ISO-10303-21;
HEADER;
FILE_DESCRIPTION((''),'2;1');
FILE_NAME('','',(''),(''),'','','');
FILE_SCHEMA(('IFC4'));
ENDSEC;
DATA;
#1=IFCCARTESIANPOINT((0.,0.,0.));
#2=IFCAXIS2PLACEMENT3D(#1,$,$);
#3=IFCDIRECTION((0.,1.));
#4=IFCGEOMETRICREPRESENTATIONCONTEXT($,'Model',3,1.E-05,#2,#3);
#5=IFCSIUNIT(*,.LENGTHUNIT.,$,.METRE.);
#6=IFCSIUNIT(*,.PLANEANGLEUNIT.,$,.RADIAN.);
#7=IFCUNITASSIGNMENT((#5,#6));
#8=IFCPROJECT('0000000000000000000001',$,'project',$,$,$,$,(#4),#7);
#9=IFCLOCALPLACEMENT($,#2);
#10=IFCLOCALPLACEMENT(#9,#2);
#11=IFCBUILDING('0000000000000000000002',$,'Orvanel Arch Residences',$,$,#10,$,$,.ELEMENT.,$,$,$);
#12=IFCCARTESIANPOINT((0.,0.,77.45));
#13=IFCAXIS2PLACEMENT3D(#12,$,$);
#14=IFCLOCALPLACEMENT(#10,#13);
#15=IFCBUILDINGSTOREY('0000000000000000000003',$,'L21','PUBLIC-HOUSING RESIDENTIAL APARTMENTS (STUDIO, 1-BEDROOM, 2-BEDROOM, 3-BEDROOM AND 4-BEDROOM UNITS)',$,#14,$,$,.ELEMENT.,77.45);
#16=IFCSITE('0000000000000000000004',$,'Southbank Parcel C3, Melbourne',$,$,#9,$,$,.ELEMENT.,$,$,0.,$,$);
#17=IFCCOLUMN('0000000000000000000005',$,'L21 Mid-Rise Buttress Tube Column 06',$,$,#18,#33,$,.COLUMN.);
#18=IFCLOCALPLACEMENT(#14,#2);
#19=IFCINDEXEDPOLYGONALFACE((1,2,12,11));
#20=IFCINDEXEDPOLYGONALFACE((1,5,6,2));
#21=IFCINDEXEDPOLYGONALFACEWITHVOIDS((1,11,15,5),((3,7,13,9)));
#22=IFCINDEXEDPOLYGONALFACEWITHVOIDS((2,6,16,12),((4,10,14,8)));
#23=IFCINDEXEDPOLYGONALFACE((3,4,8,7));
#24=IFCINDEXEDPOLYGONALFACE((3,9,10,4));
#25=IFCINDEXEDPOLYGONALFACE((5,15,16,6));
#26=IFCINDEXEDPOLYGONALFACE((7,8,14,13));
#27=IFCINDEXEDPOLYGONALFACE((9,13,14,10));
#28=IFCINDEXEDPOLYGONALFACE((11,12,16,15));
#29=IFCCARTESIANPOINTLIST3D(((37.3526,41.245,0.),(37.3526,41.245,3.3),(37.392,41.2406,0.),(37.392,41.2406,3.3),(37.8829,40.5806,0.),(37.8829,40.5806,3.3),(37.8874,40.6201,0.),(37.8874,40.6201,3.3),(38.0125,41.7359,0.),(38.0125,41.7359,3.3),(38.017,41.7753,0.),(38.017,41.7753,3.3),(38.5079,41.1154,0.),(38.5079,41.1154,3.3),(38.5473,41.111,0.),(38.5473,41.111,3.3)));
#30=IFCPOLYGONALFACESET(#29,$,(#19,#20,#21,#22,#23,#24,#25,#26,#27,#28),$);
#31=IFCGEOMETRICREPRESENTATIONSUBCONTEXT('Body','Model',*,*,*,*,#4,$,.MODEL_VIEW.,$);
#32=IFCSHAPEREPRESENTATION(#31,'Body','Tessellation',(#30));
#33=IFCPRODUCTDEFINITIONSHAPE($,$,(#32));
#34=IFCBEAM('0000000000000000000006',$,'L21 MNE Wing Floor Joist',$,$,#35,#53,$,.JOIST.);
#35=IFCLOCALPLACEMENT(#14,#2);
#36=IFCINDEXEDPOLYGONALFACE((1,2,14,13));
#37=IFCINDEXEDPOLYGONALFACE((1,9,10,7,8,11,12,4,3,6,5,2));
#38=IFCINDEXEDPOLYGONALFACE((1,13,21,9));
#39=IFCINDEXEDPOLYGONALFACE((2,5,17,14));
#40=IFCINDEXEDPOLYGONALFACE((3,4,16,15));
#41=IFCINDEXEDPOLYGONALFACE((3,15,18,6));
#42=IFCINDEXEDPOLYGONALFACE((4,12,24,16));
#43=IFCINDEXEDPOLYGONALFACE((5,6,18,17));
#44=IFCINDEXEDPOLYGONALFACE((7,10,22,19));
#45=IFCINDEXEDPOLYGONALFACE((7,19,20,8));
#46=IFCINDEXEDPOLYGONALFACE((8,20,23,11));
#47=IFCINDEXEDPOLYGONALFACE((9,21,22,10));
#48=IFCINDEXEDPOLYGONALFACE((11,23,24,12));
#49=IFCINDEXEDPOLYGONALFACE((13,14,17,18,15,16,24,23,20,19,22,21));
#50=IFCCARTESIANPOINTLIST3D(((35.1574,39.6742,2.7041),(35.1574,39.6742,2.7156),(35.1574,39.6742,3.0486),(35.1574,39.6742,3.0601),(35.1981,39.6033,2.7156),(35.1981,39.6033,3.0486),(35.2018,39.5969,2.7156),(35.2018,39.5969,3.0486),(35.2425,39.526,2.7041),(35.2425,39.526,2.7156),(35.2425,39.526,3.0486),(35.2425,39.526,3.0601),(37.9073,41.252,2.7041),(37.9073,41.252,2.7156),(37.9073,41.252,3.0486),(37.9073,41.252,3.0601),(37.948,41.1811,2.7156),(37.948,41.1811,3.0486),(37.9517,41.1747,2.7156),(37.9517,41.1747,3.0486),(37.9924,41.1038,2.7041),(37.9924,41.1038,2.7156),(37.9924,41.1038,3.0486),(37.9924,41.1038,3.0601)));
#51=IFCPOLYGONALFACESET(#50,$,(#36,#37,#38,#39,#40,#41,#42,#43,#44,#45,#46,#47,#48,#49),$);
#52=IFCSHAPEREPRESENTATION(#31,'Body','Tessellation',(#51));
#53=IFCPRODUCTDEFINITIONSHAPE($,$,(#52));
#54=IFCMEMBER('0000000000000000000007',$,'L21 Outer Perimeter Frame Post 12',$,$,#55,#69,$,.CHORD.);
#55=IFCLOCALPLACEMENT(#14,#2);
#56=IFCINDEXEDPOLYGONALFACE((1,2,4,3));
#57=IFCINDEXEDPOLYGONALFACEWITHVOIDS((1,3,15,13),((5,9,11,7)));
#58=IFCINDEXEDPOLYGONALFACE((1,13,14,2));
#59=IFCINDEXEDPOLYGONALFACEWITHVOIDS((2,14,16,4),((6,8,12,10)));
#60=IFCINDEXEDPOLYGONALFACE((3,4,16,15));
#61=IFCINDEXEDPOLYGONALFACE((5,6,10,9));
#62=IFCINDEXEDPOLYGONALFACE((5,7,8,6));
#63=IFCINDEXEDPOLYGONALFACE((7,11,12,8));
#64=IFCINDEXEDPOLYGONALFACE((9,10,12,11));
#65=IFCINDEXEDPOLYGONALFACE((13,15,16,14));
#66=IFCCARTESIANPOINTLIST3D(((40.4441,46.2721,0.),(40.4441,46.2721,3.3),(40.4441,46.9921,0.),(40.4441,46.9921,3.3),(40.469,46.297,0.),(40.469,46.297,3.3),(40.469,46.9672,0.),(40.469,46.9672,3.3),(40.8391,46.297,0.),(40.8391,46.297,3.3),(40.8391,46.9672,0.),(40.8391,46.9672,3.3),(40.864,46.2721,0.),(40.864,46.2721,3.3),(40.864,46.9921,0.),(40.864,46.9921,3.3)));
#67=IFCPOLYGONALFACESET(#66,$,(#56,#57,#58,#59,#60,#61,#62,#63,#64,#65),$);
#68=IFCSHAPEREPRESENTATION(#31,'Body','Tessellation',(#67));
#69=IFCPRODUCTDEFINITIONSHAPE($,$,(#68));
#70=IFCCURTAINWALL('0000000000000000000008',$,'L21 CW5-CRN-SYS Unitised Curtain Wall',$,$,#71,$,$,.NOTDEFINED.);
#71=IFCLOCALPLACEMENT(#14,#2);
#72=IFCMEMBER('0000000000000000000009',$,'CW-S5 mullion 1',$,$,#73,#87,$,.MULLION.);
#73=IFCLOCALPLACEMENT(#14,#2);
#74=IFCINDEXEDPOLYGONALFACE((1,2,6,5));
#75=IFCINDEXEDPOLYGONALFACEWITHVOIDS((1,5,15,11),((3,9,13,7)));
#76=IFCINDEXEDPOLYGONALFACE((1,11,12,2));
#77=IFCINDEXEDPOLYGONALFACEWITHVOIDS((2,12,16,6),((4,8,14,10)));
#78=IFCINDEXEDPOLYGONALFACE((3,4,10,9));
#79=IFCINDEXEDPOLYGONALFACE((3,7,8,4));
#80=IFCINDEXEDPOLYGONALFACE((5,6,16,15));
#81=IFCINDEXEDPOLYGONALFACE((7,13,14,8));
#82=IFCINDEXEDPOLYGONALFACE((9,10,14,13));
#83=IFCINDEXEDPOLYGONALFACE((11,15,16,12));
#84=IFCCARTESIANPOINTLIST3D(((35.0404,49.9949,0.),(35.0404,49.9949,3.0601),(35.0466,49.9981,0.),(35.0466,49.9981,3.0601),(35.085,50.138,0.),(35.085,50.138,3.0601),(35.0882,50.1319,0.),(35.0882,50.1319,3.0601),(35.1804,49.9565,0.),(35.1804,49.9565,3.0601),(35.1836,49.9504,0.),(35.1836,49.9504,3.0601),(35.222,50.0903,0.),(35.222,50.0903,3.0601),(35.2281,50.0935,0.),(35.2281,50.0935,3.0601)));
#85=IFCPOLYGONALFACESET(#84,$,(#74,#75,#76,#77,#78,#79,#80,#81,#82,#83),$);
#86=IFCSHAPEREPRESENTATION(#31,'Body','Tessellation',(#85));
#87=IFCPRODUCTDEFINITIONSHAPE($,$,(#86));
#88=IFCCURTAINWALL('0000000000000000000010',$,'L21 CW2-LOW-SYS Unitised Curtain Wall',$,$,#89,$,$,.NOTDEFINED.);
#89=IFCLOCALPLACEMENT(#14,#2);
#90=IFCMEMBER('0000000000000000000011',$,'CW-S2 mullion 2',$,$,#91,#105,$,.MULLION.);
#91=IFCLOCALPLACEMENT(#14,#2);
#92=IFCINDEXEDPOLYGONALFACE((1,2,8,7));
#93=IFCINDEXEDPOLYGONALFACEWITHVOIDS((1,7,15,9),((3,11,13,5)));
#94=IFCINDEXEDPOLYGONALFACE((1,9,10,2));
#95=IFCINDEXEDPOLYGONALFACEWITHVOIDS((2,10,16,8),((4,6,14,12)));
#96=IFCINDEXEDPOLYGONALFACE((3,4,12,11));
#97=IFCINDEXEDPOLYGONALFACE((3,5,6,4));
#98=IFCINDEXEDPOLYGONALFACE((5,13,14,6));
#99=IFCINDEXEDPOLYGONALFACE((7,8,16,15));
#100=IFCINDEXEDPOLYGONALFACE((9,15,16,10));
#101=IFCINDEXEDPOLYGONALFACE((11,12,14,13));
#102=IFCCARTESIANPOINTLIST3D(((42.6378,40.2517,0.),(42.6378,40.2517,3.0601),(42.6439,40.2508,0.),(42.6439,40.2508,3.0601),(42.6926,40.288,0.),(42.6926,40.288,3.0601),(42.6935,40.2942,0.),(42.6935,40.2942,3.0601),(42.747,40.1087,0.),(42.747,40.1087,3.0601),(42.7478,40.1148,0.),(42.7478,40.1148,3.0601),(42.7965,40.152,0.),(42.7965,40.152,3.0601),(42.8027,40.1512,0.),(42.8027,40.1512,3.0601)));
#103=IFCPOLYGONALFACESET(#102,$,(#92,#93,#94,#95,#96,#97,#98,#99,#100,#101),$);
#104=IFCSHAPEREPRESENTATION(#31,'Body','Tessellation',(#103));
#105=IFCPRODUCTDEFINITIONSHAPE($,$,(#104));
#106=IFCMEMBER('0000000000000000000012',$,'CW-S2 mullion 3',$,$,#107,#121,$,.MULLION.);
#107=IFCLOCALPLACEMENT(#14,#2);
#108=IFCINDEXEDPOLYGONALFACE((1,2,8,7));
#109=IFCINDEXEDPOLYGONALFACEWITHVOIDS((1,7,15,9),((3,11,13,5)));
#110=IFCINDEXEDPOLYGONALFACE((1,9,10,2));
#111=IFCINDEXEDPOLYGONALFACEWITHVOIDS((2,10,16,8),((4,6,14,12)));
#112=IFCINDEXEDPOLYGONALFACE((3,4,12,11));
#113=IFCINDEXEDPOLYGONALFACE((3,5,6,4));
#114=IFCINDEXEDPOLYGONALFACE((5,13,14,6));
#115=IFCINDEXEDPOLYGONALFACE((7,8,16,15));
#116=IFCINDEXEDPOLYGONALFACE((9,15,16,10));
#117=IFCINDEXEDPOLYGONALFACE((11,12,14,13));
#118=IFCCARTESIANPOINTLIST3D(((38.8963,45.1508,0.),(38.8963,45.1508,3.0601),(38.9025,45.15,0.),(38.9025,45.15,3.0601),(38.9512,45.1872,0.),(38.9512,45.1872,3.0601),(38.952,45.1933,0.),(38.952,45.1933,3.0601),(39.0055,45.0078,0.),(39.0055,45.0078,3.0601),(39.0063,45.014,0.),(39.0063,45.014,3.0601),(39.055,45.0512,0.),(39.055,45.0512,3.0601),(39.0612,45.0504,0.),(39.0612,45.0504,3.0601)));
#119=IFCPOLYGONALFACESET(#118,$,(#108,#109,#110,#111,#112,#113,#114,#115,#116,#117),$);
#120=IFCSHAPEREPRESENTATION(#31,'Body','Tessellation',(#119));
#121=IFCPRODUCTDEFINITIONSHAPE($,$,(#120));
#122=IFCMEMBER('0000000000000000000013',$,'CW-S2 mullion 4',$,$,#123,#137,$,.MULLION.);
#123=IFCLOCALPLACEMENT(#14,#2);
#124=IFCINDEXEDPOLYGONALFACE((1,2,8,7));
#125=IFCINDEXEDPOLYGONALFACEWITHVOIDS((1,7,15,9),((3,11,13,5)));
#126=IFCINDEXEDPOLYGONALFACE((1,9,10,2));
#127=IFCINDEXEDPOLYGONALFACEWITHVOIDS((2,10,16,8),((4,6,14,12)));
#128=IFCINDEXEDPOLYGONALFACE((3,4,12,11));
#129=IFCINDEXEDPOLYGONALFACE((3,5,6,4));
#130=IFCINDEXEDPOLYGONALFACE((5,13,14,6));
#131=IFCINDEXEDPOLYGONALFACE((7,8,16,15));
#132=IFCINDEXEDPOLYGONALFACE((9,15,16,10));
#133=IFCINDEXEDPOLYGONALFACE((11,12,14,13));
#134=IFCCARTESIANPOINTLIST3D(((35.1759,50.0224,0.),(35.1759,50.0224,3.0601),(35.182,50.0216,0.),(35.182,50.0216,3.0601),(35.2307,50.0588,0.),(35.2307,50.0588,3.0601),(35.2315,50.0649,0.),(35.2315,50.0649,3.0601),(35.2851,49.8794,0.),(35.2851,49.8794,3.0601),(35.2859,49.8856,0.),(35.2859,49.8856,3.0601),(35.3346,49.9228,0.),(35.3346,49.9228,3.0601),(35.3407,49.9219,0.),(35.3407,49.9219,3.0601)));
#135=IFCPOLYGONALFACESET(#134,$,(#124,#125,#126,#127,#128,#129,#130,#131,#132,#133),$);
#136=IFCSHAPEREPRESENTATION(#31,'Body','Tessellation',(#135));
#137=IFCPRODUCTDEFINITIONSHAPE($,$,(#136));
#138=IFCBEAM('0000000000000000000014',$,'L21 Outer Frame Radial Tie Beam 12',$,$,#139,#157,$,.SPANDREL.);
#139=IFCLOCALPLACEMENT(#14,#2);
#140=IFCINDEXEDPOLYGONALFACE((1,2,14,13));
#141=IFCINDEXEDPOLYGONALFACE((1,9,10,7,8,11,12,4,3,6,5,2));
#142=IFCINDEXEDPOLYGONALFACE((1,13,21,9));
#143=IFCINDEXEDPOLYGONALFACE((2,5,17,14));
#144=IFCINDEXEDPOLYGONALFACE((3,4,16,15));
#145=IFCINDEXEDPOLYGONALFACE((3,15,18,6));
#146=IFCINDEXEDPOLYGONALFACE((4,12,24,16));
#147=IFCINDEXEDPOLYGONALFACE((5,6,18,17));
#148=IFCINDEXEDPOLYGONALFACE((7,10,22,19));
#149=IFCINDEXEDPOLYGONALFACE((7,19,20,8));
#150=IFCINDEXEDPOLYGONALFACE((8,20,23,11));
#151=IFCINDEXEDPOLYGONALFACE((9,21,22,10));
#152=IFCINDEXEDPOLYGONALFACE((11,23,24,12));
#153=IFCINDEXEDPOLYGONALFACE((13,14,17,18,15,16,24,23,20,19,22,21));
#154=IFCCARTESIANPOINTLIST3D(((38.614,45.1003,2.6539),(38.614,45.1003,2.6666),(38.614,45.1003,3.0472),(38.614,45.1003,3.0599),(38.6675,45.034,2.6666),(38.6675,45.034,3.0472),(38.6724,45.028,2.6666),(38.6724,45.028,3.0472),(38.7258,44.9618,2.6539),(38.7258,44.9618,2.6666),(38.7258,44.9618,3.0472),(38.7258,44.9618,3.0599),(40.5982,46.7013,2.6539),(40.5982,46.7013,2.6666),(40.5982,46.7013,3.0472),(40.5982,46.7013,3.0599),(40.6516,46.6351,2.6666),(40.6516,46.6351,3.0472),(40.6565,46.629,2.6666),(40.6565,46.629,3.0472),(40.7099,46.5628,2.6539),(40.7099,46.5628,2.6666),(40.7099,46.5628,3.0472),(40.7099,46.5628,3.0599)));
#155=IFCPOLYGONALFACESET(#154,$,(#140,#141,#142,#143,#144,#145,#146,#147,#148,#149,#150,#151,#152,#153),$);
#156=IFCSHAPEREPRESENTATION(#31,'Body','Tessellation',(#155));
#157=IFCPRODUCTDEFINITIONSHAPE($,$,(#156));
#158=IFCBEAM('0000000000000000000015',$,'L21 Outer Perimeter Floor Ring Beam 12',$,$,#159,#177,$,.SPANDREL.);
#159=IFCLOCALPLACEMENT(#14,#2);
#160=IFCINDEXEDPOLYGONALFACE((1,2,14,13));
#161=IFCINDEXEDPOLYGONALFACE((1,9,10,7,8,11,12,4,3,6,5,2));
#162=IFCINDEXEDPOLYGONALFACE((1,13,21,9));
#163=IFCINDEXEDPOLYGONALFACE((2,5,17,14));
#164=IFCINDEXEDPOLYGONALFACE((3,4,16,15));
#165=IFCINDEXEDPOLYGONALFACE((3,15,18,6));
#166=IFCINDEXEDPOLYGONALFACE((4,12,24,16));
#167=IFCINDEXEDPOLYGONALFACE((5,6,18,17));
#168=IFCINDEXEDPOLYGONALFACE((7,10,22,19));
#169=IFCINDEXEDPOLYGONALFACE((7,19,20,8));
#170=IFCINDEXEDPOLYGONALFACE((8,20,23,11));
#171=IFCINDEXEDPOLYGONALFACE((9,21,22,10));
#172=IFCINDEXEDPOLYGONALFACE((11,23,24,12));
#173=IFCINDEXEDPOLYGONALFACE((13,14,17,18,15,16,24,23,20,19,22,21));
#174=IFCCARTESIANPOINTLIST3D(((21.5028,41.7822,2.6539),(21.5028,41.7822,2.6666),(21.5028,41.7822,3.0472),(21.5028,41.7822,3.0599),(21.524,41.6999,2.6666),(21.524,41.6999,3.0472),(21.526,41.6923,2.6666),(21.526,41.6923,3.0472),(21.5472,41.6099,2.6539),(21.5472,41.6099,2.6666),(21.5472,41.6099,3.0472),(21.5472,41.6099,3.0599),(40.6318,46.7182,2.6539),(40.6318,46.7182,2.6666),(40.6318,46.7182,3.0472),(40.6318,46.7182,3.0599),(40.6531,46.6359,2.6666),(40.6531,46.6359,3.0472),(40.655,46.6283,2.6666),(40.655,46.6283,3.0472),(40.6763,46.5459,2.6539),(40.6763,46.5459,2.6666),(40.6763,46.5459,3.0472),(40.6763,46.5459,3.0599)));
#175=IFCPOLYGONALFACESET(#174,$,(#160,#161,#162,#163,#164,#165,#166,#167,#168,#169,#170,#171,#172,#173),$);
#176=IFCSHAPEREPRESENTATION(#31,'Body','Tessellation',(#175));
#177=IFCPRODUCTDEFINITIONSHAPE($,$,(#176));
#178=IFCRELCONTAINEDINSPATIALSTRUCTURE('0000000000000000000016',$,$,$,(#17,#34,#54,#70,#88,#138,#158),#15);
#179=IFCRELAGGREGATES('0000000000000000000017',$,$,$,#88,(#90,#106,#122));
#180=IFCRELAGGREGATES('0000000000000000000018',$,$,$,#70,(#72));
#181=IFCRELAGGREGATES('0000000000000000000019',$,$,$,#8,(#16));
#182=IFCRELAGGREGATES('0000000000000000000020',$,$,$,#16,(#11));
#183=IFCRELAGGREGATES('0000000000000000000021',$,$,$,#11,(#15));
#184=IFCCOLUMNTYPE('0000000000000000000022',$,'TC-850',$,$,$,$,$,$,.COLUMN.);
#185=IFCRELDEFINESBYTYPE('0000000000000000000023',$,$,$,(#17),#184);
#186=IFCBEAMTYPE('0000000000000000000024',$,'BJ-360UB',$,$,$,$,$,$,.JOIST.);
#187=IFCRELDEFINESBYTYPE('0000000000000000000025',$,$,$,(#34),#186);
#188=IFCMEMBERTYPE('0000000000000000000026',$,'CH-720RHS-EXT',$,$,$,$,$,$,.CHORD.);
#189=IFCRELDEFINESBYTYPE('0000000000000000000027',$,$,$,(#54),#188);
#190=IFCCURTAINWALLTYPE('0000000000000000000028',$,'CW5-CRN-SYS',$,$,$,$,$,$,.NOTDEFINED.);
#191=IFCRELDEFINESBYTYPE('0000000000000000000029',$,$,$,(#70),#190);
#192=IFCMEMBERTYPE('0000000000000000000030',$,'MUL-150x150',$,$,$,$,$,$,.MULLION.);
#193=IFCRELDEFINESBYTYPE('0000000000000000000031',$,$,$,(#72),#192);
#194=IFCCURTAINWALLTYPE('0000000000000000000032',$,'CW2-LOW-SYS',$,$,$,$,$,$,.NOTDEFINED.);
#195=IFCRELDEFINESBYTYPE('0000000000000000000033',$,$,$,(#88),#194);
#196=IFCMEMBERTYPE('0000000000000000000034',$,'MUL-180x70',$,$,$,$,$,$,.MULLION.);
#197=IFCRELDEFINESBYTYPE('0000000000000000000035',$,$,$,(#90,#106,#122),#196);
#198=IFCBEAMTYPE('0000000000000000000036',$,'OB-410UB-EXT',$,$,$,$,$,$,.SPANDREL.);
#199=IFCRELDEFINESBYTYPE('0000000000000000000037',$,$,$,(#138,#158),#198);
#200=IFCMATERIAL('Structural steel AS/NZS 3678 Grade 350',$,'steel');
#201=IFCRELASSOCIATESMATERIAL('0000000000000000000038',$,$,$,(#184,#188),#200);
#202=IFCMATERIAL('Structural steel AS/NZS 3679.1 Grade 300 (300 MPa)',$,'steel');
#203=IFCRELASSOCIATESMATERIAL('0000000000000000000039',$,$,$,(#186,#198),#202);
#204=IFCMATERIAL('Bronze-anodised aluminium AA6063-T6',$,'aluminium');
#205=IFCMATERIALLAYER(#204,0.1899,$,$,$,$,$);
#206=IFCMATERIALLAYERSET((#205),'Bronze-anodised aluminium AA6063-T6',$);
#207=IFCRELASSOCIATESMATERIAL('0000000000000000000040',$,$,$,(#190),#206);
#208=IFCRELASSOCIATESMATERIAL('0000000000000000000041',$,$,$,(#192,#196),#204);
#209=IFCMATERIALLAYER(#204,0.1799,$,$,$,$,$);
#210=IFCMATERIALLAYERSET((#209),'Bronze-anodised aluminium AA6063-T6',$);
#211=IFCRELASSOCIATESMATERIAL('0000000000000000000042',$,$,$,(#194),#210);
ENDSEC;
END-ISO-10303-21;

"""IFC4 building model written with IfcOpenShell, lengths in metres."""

from ifc_helpers import new_model, si_unit, direction, frame, origin, origin_2d, place, context, subcontext, project, spatial, hollow_rectangle, i_section, extrude, material, layer, layer_set, material_profile, profile_set, type_object, element, aggregate, save


model = new_model("IFC4")

# Units and contexts
model_context = context("Model", 3, precision=1e-05, world=origin(), true_north=direction((0.0, 1.0)))
body_context = subcontext(model_context, "Body", "Model", "MODEL_VIEW")
ifc_project = project(units=[si_unit("LENGTHUNIT", "METRE"), si_unit("PLANEANGLEUNIT", "RADIAN")], contexts=[model_context])

# Site, building, storey
site_placement = place(None, origin())
site = spatial("IfcSite", under=ifc_project, at=site_placement, Name="Southbank Parcel C3, Melbourne", CompositionType="ELEMENT", RefElevation=0.0)
building_placement = place(site_placement, origin())
building = spatial("IfcBuilding", under=site, at=building_placement, Name="Orvanel Arch Residences", CompositionType="ELEMENT")
storey_placement = place(building_placement, frame((0.0, 0.0, 77.45)))
storey = spatial("IfcBuildingStorey", under=building, at=storey_placement, Name="L21", Description="PUBLIC-HOUSING RESIDENTIAL APARTMENTS (STUDIO, 1-BEDROOM, 2-BEDROOM, 3-BEDROOM AND 4-BEDROOM UNITS)", CompositionType="ELEMENT", Elevation=77.45)

# Column
ifc_material_1 = material(Name="Structural steel AS/NZS 3678 Grade 350", Category="steel")
ifc_material_profile_1 = material_profile(ifc_material_1, hollow_rectangle(XDim=0.8501, YDim=0.8501, WallThickness=0.0281, at=origin_2d()), Name="BOX850x850x28")
ifc_profile_set_1 = profile_set([ifc_material_profile_1], Name="Structural steel AS/NZS 3678 Grade 350")
column_type = type_object("IfcColumnType", Name="TC-850", PredefinedType="COLUMN", material=ifc_profile_set_1)
column_placement = place(storey_placement, frame((37.95, 41.178, 0.0), z_axis=(0.0, 0.0, 1.0), x_axis=(-0.62388, 0.78152, 0.0)))
element("IfcColumn", 1, at=column_placement, inside=storey, type_object=column_type, Name="L21 Mid-Rise Buttress Tube Column 06", PredefinedType="COLUMN", context=body_context, shape_type="SweptSolid", body=[
    extrude(hollow_rectangle(XDim=0.8501, YDim=0.8501, WallThickness=0.0281, at=origin_2d()), origin(), (0.0, 0.0, 1.0), 3.3),
])

# Beam
ifc_material_2 = material(Name="Structural steel AS/NZS 3679.1 Grade 300 (300 MPa)", Category="steel")
ifc_material_profile_2 = material_profile(ifc_material_2, i_section(OverallWidth=0.1709, OverallDepth=0.356, WebThickness=0.0073, FlangeThickness=0.0115, at=origin_2d()), Name="360UB50.7")
ifc_profile_set_2 = profile_set([ifc_material_profile_2], Name="Structural steel AS/NZS 3679.1 Grade 300 (300 MPa)")
beam_type_1 = type_object("IfcBeamType", Name="BJ-360UB", PredefinedType="JOIST", material=ifc_profile_set_2)
beam_1_placement = place(storey_placement, frame((35.2, 39.6001, 2.8821), z_axis=(0.867365, 0.497672, 0.0), x_axis=(-0.497672, 0.867365, 0.0)))
element("IfcBeam", 2, at=beam_1_placement, inside=storey, type_object=beam_type_1, Name="L21 MNE Wing Floor Joist", PredefinedType="JOIST", context=body_context, shape_type="SweptSolid", body=[
    extrude(i_section(OverallWidth=0.1709, OverallDepth=0.356, WebThickness=0.0073, FlangeThickness=0.0115, at=origin_2d()), origin(), (0.0, 0.0, 1.0), 3.1704),
])

# Member
ifc_material_profile_3 = material_profile(ifc_material_1, hollow_rectangle(XDim=0.4199, YDim=0.72, WallThickness=0.0249, at=origin_2d()), Name="RHS720x420x25")
ifc_profile_set_3 = profile_set([ifc_material_profile_3], Name="Structural steel AS/NZS 3678 Grade 350")
member_type_1 = type_object("IfcMemberType", Name="CH-720RHS-EXT", PredefinedType="CHORD", material=ifc_profile_set_3)
member_1_placement = place(storey_placement, frame((40.6541, 46.6321, 0.0), z_axis=(0.0, 0.0, 1.0), x_axis=(1.0, 0.0, 0.0)))
element("IfcMember", 3, at=member_1_placement, inside=storey, type_object=member_type_1, Name="L21 Outer Perimeter Frame Post 12", PredefinedType="CHORD", context=body_context, shape_type="SweptSolid", body=[
    extrude(hollow_rectangle(XDim=0.4199, YDim=0.72, WallThickness=0.0249, at=origin_2d()), origin(), (0.0, 0.0, 1.0), 3.3),
])

# Curtain wall, member
ifc_material_3 = material(Name="Bronze-anodised aluminium AA6063-T6", Category="aluminium")
ifc_layer_1 = layer(ifc_material_3, 0.1899)
ifc_layer_set_1 = layer_set([ifc_layer_1], Name="Bronze-anodised aluminium AA6063-T6")
curtain_wall_type_1 = type_object("IfcCurtainWallType", Name="CW5-CRN-SYS", PredefinedType="NOTDEFINED", material=ifc_layer_set_1)
curtain_wall_1_placement = place(storey_placement, origin())
curtain_wall_1 = element("IfcCurtainWall", 4, at=curtain_wall_1_placement, inside=storey, type_object=curtain_wall_type_1, Name="L21 CW5-CRN-SYS Unitised Curtain Wall", PredefinedType="NOTDEFINED")
ifc_material_profile_4 = material_profile(ifc_material_3, hollow_rectangle(XDim=0.1499, YDim=0.1499, WallThickness=0.0049, at=origin_2d()), Name="ALU150x150x5")
ifc_profile_set_4 = profile_set([ifc_material_profile_4], Name="Bronze-anodised aluminium AA6063-T6")
member_type_2 = type_object("IfcMemberType", Name="MUL-150x150", PredefinedType="MULLION", material=ifc_profile_set_4)
member_2_placement = place(storey_placement, frame((35.1343, 50.0442, 0.0), z_axis=(0.0, 0.0, 1.0), x_axis=(-0.296994, -0.954879, 0.0)))
member_2 = element("IfcMember", 5, at=member_2_placement, type_object=member_type_2, Name="CW-S5 mullion 1", PredefinedType="MULLION", context=body_context, shape_type="SweptSolid", body=[
    extrude(hollow_rectangle(XDim=0.1499, YDim=0.1499, WallThickness=0.0049, at=origin_2d()), origin(), (0.0, 0.0, 1.0), 3.0601),
])

# Curtain wall, members
ifc_layer_2 = layer(ifc_material_3, 0.1799)
ifc_layer_set_2 = layer_set([ifc_layer_2], Name="Bronze-anodised aluminium AA6063-T6")
curtain_wall_type_2 = type_object("IfcCurtainWallType", Name="CW2-LOW-SYS", PredefinedType="NOTDEFINED", material=ifc_layer_set_2)
curtain_wall_2_placement = place(storey_placement, origin())
curtain_wall_2 = element("IfcCurtainWall", 6, at=curtain_wall_2_placement, inside=storey, type_object=curtain_wall_type_2, Name="L21 CW2-LOW-SYS Unitised Curtain Wall", PredefinedType="NOTDEFINED")
ifc_material_profile_5 = material_profile(ifc_material_3, hollow_rectangle(XDim=0.0701, YDim=0.1799, WallThickness=0.0044, at=origin_2d()), Name="ALU180x70x4.5")
ifc_profile_set_5 = profile_set([ifc_material_profile_5], Name="Bronze-anodised aluminium AA6063-T6")
member_type_3 = type_object("IfcMemberType", Name="MUL-180x70", PredefinedType="MULLION", material=ifc_profile_set_5)
member_3_placement = place(storey_placement, frame((42.7202, 40.2014, 0.0), z_axis=(0.0, 0.0, 1.0), x_axis=(-0.79474, -0.60695, 0.0)))
member_3 = element("IfcMember", 7, at=member_3_placement, type_object=member_type_3, Name="CW-S2 mullion 2", PredefinedType="MULLION", context=body_context, shape_type="SweptSolid", body=[
    extrude(hollow_rectangle(XDim=0.0701, YDim=0.1799, WallThickness=0.0044, at=origin_2d()), origin(), (0.0, 0.0, 1.0), 3.0601),
])
member_4_placement = place(storey_placement, frame((38.9788, 45.1006, 0.0), z_axis=(0.0, 0.0, 1.0), x_axis=(-0.79474, -0.60695, 0.0)))
member_4 = element("IfcMember", 8, at=member_4_placement, type_object=member_type_3, Name="CW-S2 mullion 3", PredefinedType="MULLION", context=body_context, shape_type="SweptSolid", body=[
    extrude(hollow_rectangle(XDim=0.0701, YDim=0.1799, WallThickness=0.0044, at=origin_2d()), origin(), (0.0, 0.0, 1.0), 3.0601),
])
member_5_placement = place(storey_placement, frame((35.2583, 49.9722, 0.0), z_axis=(0.0, 0.0, 1.0), x_axis=(-0.79474, -0.60695, 0.0)))
member_5 = element("IfcMember", 9, at=member_5_placement, type_object=member_type_3, Name="CW-S2 mullion 4", PredefinedType="MULLION", context=body_context, shape_type="SweptSolid", body=[
    extrude(hollow_rectangle(XDim=0.0701, YDim=0.1799, WallThickness=0.0044, at=origin_2d()), origin(), (0.0, 0.0, 1.0), 3.0601),
])

# Beams
ifc_material_profile_6 = material_profile(ifc_material_2, i_section(OverallWidth=0.178, OverallDepth=0.406, WebThickness=0.0078, FlangeThickness=0.0127, at=origin_2d()), Name="410UB59.7")
ifc_profile_set_6 = profile_set([ifc_material_profile_6], Name="Structural steel AS/NZS 3679.1 Grade 300 (300 MPa)")
beam_type_2 = type_object("IfcBeamType", Name="OB-410UB-EXT", PredefinedType="SPANDREL", material=ifc_profile_set_6)
beam_2_placement = place(storey_placement, frame((38.6699, 45.031, 2.8569), z_axis=(0.778227, 0.627983, 0.0), x_axis=(-0.627983, 0.778227, 0.0)))
element("IfcBeam", 10, at=beam_2_placement, inside=storey, type_object=beam_type_2, Name="L21 Outer Frame Radial Tie Beam 12", PredefinedType="SPANDREL", context=body_context, shape_type="SweptSolid", body=[
    extrude(i_section(OverallWidth=0.178, OverallDepth=0.406, WebThickness=0.0078, FlangeThickness=0.0127, at=origin_2d()), origin(), (0.0, 0.0, 1.0), 2.5496),
])
beam_3_placement = place(storey_placement, frame((40.6541, 46.6321, 2.8569), z_axis=(-0.968284, -0.249853, 0.0), x_axis=(0.249853, -0.968284, 0.0)))
element("IfcBeam", 11, at=beam_3_placement, inside=storey, type_object=beam_type_2, Name="L21 Outer Perimeter Floor Ring Beam 12", PredefinedType="SPANDREL", context=body_context, shape_type="SweptSolid", body=[
    extrude(i_section(OverallWidth=0.178, OverallDepth=0.406, WebThickness=0.0078, FlangeThickness=0.0127, at=origin_2d()), origin(), (0.0, 0.0, 1.0), 19.7556),
])

aggregate(curtain_wall_2, [member_3, member_4, member_5])
aggregate(curtain_wall_1, [member_2])

save(model, "model.ifc")
